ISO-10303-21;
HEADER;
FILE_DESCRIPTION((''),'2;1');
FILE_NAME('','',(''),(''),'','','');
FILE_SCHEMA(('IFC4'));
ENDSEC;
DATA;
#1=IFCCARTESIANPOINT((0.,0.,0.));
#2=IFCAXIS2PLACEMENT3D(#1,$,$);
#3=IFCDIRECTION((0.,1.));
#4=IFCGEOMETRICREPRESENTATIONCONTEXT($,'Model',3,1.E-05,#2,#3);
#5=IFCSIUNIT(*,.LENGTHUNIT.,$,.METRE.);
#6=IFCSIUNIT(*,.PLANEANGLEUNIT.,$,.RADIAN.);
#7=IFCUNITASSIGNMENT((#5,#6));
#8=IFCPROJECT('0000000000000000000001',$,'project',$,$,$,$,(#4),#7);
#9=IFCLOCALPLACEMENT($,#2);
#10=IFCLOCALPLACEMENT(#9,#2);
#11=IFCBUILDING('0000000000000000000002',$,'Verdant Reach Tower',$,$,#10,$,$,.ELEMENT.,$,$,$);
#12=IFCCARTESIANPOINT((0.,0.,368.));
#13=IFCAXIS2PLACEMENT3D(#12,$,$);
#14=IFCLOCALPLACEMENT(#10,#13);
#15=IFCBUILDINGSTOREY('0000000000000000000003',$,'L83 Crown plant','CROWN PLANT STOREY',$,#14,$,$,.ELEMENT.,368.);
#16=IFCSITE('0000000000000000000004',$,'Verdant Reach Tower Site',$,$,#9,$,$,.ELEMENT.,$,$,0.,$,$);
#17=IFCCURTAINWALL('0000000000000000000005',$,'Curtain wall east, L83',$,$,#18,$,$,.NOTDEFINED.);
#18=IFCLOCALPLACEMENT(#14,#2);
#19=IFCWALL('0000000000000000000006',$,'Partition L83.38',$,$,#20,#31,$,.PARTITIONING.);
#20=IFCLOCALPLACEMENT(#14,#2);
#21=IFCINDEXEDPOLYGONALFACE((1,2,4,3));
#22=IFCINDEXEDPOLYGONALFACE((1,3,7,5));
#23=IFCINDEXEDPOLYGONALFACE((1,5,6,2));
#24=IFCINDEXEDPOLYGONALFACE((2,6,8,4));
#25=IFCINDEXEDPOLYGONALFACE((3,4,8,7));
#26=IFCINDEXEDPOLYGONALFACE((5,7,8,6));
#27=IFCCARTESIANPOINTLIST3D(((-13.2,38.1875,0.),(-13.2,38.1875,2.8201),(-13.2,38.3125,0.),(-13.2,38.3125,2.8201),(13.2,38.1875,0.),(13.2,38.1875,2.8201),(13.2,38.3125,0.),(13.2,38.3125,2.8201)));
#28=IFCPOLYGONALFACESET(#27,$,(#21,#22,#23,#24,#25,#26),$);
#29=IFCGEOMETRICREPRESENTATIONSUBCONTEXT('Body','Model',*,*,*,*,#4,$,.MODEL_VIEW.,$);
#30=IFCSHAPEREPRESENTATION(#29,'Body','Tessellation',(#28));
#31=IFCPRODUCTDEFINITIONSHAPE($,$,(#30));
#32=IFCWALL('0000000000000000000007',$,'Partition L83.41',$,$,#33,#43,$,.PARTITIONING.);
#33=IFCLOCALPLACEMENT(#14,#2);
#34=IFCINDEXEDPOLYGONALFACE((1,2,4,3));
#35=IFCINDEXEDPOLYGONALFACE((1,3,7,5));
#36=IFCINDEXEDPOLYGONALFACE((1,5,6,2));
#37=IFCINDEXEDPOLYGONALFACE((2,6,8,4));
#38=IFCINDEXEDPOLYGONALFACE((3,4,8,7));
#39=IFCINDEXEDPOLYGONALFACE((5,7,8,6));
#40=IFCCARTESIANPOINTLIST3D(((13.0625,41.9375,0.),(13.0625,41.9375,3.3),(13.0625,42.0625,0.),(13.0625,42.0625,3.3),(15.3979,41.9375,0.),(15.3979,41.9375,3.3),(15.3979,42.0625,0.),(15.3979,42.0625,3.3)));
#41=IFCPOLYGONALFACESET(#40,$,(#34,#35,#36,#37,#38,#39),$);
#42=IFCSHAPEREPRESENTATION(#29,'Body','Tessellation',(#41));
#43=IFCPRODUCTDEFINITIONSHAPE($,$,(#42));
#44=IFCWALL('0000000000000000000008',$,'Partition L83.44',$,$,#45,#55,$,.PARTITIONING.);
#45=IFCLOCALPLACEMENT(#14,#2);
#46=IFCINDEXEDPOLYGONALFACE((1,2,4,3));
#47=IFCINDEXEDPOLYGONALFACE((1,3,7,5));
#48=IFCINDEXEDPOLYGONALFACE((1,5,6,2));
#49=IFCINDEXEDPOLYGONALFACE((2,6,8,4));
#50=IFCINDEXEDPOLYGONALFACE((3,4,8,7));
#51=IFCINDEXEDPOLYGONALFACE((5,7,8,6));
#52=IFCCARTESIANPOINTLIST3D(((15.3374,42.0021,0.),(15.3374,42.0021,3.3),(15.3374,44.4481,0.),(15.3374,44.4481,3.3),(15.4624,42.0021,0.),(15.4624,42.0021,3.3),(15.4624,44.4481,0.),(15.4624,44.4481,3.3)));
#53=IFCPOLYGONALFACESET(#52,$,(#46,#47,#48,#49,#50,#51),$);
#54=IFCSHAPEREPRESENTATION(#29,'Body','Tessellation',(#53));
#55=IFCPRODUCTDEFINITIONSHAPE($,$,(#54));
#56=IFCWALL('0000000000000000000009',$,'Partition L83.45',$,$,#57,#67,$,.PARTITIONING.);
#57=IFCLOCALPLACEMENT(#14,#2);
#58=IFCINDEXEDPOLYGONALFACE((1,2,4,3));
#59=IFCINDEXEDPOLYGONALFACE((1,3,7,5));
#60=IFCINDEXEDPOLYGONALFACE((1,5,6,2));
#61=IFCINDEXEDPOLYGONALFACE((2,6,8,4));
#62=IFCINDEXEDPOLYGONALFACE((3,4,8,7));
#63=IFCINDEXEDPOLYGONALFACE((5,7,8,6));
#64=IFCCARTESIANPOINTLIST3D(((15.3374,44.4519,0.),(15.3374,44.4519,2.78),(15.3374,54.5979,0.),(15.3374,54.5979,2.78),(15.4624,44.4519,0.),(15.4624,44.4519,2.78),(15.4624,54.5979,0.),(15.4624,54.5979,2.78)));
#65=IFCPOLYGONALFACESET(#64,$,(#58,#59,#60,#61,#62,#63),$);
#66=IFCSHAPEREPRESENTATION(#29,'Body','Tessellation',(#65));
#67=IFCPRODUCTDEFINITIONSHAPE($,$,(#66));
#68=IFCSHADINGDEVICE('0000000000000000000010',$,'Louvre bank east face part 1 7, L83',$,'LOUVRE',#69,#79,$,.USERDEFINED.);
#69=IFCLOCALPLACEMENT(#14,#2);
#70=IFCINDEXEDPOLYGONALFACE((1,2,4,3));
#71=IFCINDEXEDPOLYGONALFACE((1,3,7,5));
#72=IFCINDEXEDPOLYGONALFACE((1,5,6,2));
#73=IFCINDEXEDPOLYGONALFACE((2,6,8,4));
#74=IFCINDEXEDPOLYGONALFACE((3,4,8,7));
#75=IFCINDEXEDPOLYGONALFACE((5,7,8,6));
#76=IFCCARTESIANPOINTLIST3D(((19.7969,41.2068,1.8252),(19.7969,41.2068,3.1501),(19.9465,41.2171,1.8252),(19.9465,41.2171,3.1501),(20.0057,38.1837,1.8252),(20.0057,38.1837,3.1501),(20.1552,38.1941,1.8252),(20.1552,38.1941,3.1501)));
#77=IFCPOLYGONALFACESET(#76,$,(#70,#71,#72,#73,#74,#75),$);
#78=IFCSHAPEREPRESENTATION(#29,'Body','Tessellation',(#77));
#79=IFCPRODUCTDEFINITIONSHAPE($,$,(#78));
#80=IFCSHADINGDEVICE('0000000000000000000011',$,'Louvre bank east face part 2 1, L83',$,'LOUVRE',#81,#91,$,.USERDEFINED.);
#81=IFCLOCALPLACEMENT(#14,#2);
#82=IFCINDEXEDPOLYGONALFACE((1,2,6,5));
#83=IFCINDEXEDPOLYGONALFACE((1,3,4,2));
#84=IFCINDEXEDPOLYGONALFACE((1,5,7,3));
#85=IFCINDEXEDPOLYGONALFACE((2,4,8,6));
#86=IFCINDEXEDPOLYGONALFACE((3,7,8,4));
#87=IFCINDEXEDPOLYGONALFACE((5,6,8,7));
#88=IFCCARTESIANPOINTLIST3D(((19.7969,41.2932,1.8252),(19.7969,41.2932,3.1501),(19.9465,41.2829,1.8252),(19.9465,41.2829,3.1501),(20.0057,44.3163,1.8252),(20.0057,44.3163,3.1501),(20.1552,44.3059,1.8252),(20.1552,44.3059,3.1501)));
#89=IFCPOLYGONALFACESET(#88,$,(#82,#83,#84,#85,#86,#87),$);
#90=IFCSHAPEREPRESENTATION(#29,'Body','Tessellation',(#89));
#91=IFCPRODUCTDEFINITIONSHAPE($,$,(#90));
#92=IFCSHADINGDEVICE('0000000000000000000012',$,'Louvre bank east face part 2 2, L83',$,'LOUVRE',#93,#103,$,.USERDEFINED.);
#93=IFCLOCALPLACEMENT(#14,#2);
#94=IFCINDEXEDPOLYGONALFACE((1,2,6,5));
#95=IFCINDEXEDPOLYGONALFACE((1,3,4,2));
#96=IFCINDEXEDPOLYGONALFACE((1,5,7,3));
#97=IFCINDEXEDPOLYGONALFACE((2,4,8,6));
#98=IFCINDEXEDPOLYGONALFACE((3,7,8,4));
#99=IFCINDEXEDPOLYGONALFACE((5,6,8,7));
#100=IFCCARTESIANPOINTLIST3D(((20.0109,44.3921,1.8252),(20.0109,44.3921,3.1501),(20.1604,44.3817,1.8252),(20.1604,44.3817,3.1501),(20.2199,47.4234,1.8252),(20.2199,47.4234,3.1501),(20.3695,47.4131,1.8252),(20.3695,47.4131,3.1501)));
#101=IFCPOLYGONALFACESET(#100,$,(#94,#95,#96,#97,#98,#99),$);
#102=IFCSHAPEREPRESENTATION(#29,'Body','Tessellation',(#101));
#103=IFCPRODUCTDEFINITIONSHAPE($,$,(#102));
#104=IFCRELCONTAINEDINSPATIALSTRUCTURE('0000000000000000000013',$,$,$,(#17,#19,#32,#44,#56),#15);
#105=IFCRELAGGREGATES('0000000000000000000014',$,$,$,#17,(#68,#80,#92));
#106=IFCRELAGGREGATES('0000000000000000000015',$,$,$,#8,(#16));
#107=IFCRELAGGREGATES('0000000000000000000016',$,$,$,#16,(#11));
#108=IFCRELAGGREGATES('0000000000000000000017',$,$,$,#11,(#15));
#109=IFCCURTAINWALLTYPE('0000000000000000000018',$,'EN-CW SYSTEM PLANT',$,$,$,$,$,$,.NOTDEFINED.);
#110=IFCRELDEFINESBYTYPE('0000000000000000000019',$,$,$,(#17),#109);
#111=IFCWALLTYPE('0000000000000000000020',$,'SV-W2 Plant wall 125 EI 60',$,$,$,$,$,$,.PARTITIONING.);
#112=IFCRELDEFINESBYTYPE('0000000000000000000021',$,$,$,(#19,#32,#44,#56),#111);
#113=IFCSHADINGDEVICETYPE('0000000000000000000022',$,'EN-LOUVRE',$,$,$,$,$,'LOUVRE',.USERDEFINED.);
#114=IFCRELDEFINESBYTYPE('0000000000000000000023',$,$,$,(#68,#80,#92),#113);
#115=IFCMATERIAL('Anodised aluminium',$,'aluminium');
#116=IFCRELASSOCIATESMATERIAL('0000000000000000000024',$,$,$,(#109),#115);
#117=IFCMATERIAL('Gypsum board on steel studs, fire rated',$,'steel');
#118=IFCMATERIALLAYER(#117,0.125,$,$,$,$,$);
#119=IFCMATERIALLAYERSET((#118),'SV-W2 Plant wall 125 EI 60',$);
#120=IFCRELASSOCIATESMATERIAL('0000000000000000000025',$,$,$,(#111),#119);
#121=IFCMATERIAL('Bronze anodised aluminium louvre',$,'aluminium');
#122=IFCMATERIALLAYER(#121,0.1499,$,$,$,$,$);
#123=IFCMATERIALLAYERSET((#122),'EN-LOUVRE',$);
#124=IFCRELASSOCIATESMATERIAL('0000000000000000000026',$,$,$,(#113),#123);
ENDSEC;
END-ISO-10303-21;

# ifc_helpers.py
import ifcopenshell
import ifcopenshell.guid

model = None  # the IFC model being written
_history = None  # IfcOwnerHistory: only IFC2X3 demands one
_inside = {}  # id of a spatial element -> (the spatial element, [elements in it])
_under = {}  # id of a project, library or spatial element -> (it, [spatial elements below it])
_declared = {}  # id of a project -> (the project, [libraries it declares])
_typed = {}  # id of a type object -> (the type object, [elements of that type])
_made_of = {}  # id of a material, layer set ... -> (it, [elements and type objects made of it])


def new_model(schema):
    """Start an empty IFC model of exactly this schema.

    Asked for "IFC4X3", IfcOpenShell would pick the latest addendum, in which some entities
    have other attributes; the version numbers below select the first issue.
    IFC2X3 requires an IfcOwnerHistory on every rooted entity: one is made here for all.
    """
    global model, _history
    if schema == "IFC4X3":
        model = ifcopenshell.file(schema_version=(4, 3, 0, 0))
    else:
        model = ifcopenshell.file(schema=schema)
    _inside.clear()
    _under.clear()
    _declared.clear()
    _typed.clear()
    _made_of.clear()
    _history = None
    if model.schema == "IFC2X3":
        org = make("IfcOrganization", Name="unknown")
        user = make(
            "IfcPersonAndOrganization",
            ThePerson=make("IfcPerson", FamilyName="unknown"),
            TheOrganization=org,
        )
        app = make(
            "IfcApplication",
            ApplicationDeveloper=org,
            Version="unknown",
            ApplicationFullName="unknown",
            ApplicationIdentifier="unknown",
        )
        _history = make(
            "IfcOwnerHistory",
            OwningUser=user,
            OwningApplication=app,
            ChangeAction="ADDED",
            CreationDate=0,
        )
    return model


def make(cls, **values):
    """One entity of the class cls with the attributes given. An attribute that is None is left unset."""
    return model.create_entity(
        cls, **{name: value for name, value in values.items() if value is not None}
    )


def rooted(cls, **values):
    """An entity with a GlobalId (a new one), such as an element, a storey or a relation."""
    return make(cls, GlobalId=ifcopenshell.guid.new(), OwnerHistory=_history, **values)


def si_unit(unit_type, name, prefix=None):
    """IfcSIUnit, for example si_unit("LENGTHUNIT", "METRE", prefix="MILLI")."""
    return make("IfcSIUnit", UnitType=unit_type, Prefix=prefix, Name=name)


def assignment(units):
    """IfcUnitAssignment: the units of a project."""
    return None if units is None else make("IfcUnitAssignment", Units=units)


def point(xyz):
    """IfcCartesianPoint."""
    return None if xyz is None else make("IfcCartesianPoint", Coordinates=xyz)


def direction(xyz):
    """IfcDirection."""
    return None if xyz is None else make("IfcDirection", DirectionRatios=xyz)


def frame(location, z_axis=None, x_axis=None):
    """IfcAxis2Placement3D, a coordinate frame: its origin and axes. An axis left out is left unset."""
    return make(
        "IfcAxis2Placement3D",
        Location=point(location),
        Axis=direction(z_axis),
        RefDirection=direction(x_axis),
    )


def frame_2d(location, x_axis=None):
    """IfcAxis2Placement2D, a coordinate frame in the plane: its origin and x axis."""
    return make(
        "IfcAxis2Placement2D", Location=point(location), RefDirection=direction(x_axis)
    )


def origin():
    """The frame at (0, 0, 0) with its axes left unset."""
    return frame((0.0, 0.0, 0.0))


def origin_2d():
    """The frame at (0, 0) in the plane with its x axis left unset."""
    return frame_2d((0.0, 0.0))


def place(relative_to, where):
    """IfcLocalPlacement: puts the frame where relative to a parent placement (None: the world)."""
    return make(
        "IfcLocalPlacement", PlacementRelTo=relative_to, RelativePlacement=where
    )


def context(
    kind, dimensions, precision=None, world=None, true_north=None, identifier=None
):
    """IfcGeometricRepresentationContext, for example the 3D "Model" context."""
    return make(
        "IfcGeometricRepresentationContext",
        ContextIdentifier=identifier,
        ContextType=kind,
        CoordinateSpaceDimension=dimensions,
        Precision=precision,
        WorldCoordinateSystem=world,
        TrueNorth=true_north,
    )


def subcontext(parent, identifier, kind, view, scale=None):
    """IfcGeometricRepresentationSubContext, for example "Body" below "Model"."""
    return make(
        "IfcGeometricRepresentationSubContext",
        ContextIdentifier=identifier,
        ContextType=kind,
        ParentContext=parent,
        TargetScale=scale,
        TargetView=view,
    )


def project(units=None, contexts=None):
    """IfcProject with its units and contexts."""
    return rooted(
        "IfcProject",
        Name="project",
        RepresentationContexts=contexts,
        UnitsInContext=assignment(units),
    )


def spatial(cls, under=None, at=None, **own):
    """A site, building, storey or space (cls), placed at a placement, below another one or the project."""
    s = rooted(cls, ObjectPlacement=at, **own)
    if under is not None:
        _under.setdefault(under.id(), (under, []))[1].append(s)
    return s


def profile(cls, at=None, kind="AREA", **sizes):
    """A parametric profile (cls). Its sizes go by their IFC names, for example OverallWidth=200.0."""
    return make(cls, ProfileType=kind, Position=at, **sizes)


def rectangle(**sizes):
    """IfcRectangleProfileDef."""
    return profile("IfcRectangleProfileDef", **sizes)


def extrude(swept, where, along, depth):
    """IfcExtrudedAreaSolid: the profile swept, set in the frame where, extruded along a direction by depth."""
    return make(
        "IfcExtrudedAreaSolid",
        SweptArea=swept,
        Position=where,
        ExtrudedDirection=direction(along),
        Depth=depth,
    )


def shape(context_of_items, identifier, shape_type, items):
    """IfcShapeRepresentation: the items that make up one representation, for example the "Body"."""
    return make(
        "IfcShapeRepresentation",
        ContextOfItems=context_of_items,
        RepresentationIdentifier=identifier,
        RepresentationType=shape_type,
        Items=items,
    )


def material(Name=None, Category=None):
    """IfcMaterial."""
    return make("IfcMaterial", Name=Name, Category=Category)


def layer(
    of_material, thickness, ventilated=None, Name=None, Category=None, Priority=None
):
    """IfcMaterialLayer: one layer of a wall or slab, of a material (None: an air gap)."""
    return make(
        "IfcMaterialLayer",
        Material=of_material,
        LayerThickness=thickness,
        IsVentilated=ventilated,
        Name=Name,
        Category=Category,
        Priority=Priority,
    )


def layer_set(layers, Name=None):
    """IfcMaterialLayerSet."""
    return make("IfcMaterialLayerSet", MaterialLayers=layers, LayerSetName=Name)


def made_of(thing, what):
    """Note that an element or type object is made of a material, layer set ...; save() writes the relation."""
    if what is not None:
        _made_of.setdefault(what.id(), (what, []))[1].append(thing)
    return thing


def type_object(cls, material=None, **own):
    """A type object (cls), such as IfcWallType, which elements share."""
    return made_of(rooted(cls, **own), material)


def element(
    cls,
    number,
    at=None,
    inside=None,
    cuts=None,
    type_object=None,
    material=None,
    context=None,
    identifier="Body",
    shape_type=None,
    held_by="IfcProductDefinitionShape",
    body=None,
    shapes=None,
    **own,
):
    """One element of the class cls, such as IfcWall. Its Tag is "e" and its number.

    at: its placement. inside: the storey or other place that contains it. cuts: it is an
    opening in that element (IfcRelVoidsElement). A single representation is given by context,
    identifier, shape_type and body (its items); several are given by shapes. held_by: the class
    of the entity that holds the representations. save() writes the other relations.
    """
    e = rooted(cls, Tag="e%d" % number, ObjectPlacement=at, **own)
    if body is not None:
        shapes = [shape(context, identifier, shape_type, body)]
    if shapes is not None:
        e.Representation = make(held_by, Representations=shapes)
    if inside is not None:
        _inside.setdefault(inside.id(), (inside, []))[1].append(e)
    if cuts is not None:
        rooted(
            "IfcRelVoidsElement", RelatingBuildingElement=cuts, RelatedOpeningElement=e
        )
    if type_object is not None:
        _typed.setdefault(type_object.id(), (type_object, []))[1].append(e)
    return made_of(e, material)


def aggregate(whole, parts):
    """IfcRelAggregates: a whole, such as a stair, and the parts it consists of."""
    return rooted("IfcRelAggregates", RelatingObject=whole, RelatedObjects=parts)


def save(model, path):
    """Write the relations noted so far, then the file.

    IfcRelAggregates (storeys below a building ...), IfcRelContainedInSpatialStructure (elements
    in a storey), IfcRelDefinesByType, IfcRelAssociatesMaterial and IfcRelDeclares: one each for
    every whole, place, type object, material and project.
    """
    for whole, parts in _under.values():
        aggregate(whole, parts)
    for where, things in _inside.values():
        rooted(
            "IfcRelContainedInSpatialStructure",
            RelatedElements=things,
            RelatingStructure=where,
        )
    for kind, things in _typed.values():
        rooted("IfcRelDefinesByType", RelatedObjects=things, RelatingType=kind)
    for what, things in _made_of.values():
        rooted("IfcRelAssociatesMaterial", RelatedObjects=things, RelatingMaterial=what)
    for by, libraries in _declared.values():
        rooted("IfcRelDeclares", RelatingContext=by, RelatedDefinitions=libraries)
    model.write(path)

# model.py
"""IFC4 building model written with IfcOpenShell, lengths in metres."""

from ifc_helpers import new_model, si_unit, direction, frame, frame_2d, origin, origin_2d, place, context, subcontext, project, spatial, rectangle, extrude, material, layer, layer_set, type_object, element, aggregate, save


model = new_model("IFC4")

# Units and contexts
model_context = context("Model", 3, precision=1e-05, world=origin(), true_north=direction((0.0, 1.0)))
body_context = subcontext(model_context, "Body", "Model", "MODEL_VIEW")
ifc_project = project(units=[si_unit("LENGTHUNIT", "METRE"), si_unit("PLANEANGLEUNIT", "RADIAN")], contexts=[model_context])

# Site, building, storey
site_placement = place(None, origin())
site = spatial("IfcSite", under=ifc_project, at=site_placement, Name="Verdant Reach Tower Site", CompositionType="ELEMENT", RefElevation=0.0)
building_placement = place(site_placement, origin())
building = spatial("IfcBuilding", under=site, at=building_placement, Name="Verdant Reach Tower", CompositionType="ELEMENT")
storey_placement = place(building_placement, frame((0.0, 0.0, 368.0)))
storey = spatial("IfcBuildingStorey", under=building, at=storey_placement, Name="L83 Crown plant", Description="CROWN PLANT STOREY", CompositionType="ELEMENT", Elevation=368.0)

# Curtain wall
ifc_material_1 = material(Name="Anodised aluminium", Category="aluminium")
curtain_wall_type = type_object("IfcCurtainWallType", Name="EN-CW SYSTEM PLANT", PredefinedType="NOTDEFINED", material=ifc_material_1)
curtain_wall_placement = place(storey_placement, origin())
curtain_wall = element("IfcCurtainWall", 1, at=curtain_wall_placement, inside=storey, type_object=curtain_wall_type, Name="Curtain wall east, L83", PredefinedType="NOTDEFINED")

# Shared definitions
ifc_material_2 = material(Name="Gypsum board on steel studs, fire rated", Category="steel")
ifc_layer_1 = layer(ifc_material_2, 0.125)
ifc_layer_set_1 = layer_set([ifc_layer_1], Name="SV-W2 Plant wall 125 EI 60")
wall_type = type_object("IfcWallType", Name="SV-W2 Plant wall 125 EI 60", PredefinedType="PARTITIONING", material=ifc_layer_set_1)

# Walls
wall_1_placement = place(storey_placement, frame((13.2, 38.25, 0.0), z_axis=(0.0, 0.0, 1.0), x_axis=(-1.0, 0.0, 0.0)))
element("IfcWall", 2, at=wall_1_placement, inside=storey, type_object=wall_type, Name="Partition L83.38", PredefinedType="PARTITIONING", context=body_context, shape_type="SweptSolid", body=[
    extrude(rectangle(XDim=26.3999, YDim=0.125, at=frame_2d((13.2, 0.0))), origin(), (0.0, 0.0, 1.0), 2.8201),
])
wall_2_placement = place(storey_placement, frame((13.0625, 42.0, 0.0), z_axis=(0.0, 0.0, 1.0), x_axis=(1.0, 0.0, 0.0)))
element("IfcWall", 3, at=wall_2_placement, inside=storey, type_object=wall_type, Name="Partition L83.41", PredefinedType="PARTITIONING", context=body_context, shape_type="SweptSolid", body=[
    extrude(rectangle(XDim=2.3354, YDim=0.125, at=frame_2d((1.1677, 0.0))), origin(), (0.0, 0.0, 1.0), 3.3),
])
wall_3_placement = place(storey_placement, frame((15.3999, 42.002, 0.0), z_axis=(0.0, 0.0, 1.0), x_axis=(0.0, 1.0, 0.0)))
element("IfcWall", 4, at=wall_3_placement, inside=storey, type_object=wall_type, Name="Partition L83.44", PredefinedType="PARTITIONING", context=body_context, shape_type="SweptSolid", body=[
    extrude(rectangle(XDim=2.446, YDim=0.125, at=frame_2d((1.2231, 0.0))), origin(), (0.0, 0.0, 1.0), 3.3),
])
wall_4_placement = place(storey_placement, frame((15.3999, 44.4519, 0.0), z_axis=(0.0, 0.0, 1.0), x_axis=(0.0, 1.0, 0.0)))
element("IfcWall", 5, at=wall_4_placement, inside=storey, type_object=wall_type, Name="Partition L83.45", PredefinedType="PARTITIONING", context=body_context, shape_type="SweptSolid", body=[
    extrude(rectangle(XDim=10.146, YDim=0.125, at=frame_2d((5.073, 0.0))), origin(), (0.0, 0.0, 1.0), 2.78),
])

# Shading devices
ifc_material_3 = material(Name="Bronze anodised aluminium louvre", Category="aluminium")
ifc_layer_2 = layer(ifc_material_3, 0.1499)
ifc_layer_set_2 = layer_set([ifc_layer_2], Name="EN-LOUVRE")
shading_device_type = type_object("IfcShadingDeviceType", Name="EN-LOUVRE", ElementType="LOUVRE", PredefinedType="USERDEFINED", material=ifc_layer_set_2)
shading_device_1_placement = place(storey_placement, frame((19.9761, 39.7004, 1.8252), z_axis=(0.0, 0.0, 1.0), x_axis=(-0.068893, 0.997624, 0.0)))
shading_device_1 = element("IfcShadingDevice", 6, at=shading_device_1_placement, type_object=shading_device_type, Name="Louvre bank east face part 1 7, L83", ObjectType="LOUVRE", PredefinedType="USERDEFINED", context=body_context, shape_type="SweptSolid", body=[
    extrude(rectangle(XDim=3.0303, YDim=0.1499, at=origin_2d()), origin(), (0.0, 0.0, 1.0), 1.325),
])
shading_device_2_placement = place(storey_placement, frame((19.9761, 42.7996, 1.8252), z_axis=(0.0, 0.0, 1.0), x_axis=(0.068893, 0.997624, 0.0)))
shading_device_2 = element("IfcShadingDevice", 7, at=shading_device_2_placement, type_object=shading_device_type, Name="Louvre bank east face part 2 1, L83", ObjectType="LOUVRE", PredefinedType="USERDEFINED", context=body_context, shape_type="SweptSolid", body=[
    extrude(rectangle(XDim=3.0303, YDim=0.1499, at=origin_2d()), origin(), (0.0, 0.0, 1.0), 1.325),
])
shading_device_3_placement = place(storey_placement, frame((20.1902, 45.9026, 1.8252), z_axis=(0.0, 0.0, 1.0), x_axis=(0.068802, 0.99763, 0.0)))
shading_device_3 = element("IfcShadingDevice", 8, at=shading_device_3_placement, type_object=shading_device_type, Name="Louvre bank east face part 2 2, L83", ObjectType="LOUVRE", PredefinedType="USERDEFINED", context=body_context, shape_type="SweptSolid", body=[
    extrude(rectangle(XDim=3.0386, YDim=0.1499, at=origin_2d()), origin(), (0.0, 0.0, 1.0), 1.325),
])
aggregate(curtain_wall, [shading_device_1, shading_device_2, shading_device_3])

save(model, "model.ifc")
